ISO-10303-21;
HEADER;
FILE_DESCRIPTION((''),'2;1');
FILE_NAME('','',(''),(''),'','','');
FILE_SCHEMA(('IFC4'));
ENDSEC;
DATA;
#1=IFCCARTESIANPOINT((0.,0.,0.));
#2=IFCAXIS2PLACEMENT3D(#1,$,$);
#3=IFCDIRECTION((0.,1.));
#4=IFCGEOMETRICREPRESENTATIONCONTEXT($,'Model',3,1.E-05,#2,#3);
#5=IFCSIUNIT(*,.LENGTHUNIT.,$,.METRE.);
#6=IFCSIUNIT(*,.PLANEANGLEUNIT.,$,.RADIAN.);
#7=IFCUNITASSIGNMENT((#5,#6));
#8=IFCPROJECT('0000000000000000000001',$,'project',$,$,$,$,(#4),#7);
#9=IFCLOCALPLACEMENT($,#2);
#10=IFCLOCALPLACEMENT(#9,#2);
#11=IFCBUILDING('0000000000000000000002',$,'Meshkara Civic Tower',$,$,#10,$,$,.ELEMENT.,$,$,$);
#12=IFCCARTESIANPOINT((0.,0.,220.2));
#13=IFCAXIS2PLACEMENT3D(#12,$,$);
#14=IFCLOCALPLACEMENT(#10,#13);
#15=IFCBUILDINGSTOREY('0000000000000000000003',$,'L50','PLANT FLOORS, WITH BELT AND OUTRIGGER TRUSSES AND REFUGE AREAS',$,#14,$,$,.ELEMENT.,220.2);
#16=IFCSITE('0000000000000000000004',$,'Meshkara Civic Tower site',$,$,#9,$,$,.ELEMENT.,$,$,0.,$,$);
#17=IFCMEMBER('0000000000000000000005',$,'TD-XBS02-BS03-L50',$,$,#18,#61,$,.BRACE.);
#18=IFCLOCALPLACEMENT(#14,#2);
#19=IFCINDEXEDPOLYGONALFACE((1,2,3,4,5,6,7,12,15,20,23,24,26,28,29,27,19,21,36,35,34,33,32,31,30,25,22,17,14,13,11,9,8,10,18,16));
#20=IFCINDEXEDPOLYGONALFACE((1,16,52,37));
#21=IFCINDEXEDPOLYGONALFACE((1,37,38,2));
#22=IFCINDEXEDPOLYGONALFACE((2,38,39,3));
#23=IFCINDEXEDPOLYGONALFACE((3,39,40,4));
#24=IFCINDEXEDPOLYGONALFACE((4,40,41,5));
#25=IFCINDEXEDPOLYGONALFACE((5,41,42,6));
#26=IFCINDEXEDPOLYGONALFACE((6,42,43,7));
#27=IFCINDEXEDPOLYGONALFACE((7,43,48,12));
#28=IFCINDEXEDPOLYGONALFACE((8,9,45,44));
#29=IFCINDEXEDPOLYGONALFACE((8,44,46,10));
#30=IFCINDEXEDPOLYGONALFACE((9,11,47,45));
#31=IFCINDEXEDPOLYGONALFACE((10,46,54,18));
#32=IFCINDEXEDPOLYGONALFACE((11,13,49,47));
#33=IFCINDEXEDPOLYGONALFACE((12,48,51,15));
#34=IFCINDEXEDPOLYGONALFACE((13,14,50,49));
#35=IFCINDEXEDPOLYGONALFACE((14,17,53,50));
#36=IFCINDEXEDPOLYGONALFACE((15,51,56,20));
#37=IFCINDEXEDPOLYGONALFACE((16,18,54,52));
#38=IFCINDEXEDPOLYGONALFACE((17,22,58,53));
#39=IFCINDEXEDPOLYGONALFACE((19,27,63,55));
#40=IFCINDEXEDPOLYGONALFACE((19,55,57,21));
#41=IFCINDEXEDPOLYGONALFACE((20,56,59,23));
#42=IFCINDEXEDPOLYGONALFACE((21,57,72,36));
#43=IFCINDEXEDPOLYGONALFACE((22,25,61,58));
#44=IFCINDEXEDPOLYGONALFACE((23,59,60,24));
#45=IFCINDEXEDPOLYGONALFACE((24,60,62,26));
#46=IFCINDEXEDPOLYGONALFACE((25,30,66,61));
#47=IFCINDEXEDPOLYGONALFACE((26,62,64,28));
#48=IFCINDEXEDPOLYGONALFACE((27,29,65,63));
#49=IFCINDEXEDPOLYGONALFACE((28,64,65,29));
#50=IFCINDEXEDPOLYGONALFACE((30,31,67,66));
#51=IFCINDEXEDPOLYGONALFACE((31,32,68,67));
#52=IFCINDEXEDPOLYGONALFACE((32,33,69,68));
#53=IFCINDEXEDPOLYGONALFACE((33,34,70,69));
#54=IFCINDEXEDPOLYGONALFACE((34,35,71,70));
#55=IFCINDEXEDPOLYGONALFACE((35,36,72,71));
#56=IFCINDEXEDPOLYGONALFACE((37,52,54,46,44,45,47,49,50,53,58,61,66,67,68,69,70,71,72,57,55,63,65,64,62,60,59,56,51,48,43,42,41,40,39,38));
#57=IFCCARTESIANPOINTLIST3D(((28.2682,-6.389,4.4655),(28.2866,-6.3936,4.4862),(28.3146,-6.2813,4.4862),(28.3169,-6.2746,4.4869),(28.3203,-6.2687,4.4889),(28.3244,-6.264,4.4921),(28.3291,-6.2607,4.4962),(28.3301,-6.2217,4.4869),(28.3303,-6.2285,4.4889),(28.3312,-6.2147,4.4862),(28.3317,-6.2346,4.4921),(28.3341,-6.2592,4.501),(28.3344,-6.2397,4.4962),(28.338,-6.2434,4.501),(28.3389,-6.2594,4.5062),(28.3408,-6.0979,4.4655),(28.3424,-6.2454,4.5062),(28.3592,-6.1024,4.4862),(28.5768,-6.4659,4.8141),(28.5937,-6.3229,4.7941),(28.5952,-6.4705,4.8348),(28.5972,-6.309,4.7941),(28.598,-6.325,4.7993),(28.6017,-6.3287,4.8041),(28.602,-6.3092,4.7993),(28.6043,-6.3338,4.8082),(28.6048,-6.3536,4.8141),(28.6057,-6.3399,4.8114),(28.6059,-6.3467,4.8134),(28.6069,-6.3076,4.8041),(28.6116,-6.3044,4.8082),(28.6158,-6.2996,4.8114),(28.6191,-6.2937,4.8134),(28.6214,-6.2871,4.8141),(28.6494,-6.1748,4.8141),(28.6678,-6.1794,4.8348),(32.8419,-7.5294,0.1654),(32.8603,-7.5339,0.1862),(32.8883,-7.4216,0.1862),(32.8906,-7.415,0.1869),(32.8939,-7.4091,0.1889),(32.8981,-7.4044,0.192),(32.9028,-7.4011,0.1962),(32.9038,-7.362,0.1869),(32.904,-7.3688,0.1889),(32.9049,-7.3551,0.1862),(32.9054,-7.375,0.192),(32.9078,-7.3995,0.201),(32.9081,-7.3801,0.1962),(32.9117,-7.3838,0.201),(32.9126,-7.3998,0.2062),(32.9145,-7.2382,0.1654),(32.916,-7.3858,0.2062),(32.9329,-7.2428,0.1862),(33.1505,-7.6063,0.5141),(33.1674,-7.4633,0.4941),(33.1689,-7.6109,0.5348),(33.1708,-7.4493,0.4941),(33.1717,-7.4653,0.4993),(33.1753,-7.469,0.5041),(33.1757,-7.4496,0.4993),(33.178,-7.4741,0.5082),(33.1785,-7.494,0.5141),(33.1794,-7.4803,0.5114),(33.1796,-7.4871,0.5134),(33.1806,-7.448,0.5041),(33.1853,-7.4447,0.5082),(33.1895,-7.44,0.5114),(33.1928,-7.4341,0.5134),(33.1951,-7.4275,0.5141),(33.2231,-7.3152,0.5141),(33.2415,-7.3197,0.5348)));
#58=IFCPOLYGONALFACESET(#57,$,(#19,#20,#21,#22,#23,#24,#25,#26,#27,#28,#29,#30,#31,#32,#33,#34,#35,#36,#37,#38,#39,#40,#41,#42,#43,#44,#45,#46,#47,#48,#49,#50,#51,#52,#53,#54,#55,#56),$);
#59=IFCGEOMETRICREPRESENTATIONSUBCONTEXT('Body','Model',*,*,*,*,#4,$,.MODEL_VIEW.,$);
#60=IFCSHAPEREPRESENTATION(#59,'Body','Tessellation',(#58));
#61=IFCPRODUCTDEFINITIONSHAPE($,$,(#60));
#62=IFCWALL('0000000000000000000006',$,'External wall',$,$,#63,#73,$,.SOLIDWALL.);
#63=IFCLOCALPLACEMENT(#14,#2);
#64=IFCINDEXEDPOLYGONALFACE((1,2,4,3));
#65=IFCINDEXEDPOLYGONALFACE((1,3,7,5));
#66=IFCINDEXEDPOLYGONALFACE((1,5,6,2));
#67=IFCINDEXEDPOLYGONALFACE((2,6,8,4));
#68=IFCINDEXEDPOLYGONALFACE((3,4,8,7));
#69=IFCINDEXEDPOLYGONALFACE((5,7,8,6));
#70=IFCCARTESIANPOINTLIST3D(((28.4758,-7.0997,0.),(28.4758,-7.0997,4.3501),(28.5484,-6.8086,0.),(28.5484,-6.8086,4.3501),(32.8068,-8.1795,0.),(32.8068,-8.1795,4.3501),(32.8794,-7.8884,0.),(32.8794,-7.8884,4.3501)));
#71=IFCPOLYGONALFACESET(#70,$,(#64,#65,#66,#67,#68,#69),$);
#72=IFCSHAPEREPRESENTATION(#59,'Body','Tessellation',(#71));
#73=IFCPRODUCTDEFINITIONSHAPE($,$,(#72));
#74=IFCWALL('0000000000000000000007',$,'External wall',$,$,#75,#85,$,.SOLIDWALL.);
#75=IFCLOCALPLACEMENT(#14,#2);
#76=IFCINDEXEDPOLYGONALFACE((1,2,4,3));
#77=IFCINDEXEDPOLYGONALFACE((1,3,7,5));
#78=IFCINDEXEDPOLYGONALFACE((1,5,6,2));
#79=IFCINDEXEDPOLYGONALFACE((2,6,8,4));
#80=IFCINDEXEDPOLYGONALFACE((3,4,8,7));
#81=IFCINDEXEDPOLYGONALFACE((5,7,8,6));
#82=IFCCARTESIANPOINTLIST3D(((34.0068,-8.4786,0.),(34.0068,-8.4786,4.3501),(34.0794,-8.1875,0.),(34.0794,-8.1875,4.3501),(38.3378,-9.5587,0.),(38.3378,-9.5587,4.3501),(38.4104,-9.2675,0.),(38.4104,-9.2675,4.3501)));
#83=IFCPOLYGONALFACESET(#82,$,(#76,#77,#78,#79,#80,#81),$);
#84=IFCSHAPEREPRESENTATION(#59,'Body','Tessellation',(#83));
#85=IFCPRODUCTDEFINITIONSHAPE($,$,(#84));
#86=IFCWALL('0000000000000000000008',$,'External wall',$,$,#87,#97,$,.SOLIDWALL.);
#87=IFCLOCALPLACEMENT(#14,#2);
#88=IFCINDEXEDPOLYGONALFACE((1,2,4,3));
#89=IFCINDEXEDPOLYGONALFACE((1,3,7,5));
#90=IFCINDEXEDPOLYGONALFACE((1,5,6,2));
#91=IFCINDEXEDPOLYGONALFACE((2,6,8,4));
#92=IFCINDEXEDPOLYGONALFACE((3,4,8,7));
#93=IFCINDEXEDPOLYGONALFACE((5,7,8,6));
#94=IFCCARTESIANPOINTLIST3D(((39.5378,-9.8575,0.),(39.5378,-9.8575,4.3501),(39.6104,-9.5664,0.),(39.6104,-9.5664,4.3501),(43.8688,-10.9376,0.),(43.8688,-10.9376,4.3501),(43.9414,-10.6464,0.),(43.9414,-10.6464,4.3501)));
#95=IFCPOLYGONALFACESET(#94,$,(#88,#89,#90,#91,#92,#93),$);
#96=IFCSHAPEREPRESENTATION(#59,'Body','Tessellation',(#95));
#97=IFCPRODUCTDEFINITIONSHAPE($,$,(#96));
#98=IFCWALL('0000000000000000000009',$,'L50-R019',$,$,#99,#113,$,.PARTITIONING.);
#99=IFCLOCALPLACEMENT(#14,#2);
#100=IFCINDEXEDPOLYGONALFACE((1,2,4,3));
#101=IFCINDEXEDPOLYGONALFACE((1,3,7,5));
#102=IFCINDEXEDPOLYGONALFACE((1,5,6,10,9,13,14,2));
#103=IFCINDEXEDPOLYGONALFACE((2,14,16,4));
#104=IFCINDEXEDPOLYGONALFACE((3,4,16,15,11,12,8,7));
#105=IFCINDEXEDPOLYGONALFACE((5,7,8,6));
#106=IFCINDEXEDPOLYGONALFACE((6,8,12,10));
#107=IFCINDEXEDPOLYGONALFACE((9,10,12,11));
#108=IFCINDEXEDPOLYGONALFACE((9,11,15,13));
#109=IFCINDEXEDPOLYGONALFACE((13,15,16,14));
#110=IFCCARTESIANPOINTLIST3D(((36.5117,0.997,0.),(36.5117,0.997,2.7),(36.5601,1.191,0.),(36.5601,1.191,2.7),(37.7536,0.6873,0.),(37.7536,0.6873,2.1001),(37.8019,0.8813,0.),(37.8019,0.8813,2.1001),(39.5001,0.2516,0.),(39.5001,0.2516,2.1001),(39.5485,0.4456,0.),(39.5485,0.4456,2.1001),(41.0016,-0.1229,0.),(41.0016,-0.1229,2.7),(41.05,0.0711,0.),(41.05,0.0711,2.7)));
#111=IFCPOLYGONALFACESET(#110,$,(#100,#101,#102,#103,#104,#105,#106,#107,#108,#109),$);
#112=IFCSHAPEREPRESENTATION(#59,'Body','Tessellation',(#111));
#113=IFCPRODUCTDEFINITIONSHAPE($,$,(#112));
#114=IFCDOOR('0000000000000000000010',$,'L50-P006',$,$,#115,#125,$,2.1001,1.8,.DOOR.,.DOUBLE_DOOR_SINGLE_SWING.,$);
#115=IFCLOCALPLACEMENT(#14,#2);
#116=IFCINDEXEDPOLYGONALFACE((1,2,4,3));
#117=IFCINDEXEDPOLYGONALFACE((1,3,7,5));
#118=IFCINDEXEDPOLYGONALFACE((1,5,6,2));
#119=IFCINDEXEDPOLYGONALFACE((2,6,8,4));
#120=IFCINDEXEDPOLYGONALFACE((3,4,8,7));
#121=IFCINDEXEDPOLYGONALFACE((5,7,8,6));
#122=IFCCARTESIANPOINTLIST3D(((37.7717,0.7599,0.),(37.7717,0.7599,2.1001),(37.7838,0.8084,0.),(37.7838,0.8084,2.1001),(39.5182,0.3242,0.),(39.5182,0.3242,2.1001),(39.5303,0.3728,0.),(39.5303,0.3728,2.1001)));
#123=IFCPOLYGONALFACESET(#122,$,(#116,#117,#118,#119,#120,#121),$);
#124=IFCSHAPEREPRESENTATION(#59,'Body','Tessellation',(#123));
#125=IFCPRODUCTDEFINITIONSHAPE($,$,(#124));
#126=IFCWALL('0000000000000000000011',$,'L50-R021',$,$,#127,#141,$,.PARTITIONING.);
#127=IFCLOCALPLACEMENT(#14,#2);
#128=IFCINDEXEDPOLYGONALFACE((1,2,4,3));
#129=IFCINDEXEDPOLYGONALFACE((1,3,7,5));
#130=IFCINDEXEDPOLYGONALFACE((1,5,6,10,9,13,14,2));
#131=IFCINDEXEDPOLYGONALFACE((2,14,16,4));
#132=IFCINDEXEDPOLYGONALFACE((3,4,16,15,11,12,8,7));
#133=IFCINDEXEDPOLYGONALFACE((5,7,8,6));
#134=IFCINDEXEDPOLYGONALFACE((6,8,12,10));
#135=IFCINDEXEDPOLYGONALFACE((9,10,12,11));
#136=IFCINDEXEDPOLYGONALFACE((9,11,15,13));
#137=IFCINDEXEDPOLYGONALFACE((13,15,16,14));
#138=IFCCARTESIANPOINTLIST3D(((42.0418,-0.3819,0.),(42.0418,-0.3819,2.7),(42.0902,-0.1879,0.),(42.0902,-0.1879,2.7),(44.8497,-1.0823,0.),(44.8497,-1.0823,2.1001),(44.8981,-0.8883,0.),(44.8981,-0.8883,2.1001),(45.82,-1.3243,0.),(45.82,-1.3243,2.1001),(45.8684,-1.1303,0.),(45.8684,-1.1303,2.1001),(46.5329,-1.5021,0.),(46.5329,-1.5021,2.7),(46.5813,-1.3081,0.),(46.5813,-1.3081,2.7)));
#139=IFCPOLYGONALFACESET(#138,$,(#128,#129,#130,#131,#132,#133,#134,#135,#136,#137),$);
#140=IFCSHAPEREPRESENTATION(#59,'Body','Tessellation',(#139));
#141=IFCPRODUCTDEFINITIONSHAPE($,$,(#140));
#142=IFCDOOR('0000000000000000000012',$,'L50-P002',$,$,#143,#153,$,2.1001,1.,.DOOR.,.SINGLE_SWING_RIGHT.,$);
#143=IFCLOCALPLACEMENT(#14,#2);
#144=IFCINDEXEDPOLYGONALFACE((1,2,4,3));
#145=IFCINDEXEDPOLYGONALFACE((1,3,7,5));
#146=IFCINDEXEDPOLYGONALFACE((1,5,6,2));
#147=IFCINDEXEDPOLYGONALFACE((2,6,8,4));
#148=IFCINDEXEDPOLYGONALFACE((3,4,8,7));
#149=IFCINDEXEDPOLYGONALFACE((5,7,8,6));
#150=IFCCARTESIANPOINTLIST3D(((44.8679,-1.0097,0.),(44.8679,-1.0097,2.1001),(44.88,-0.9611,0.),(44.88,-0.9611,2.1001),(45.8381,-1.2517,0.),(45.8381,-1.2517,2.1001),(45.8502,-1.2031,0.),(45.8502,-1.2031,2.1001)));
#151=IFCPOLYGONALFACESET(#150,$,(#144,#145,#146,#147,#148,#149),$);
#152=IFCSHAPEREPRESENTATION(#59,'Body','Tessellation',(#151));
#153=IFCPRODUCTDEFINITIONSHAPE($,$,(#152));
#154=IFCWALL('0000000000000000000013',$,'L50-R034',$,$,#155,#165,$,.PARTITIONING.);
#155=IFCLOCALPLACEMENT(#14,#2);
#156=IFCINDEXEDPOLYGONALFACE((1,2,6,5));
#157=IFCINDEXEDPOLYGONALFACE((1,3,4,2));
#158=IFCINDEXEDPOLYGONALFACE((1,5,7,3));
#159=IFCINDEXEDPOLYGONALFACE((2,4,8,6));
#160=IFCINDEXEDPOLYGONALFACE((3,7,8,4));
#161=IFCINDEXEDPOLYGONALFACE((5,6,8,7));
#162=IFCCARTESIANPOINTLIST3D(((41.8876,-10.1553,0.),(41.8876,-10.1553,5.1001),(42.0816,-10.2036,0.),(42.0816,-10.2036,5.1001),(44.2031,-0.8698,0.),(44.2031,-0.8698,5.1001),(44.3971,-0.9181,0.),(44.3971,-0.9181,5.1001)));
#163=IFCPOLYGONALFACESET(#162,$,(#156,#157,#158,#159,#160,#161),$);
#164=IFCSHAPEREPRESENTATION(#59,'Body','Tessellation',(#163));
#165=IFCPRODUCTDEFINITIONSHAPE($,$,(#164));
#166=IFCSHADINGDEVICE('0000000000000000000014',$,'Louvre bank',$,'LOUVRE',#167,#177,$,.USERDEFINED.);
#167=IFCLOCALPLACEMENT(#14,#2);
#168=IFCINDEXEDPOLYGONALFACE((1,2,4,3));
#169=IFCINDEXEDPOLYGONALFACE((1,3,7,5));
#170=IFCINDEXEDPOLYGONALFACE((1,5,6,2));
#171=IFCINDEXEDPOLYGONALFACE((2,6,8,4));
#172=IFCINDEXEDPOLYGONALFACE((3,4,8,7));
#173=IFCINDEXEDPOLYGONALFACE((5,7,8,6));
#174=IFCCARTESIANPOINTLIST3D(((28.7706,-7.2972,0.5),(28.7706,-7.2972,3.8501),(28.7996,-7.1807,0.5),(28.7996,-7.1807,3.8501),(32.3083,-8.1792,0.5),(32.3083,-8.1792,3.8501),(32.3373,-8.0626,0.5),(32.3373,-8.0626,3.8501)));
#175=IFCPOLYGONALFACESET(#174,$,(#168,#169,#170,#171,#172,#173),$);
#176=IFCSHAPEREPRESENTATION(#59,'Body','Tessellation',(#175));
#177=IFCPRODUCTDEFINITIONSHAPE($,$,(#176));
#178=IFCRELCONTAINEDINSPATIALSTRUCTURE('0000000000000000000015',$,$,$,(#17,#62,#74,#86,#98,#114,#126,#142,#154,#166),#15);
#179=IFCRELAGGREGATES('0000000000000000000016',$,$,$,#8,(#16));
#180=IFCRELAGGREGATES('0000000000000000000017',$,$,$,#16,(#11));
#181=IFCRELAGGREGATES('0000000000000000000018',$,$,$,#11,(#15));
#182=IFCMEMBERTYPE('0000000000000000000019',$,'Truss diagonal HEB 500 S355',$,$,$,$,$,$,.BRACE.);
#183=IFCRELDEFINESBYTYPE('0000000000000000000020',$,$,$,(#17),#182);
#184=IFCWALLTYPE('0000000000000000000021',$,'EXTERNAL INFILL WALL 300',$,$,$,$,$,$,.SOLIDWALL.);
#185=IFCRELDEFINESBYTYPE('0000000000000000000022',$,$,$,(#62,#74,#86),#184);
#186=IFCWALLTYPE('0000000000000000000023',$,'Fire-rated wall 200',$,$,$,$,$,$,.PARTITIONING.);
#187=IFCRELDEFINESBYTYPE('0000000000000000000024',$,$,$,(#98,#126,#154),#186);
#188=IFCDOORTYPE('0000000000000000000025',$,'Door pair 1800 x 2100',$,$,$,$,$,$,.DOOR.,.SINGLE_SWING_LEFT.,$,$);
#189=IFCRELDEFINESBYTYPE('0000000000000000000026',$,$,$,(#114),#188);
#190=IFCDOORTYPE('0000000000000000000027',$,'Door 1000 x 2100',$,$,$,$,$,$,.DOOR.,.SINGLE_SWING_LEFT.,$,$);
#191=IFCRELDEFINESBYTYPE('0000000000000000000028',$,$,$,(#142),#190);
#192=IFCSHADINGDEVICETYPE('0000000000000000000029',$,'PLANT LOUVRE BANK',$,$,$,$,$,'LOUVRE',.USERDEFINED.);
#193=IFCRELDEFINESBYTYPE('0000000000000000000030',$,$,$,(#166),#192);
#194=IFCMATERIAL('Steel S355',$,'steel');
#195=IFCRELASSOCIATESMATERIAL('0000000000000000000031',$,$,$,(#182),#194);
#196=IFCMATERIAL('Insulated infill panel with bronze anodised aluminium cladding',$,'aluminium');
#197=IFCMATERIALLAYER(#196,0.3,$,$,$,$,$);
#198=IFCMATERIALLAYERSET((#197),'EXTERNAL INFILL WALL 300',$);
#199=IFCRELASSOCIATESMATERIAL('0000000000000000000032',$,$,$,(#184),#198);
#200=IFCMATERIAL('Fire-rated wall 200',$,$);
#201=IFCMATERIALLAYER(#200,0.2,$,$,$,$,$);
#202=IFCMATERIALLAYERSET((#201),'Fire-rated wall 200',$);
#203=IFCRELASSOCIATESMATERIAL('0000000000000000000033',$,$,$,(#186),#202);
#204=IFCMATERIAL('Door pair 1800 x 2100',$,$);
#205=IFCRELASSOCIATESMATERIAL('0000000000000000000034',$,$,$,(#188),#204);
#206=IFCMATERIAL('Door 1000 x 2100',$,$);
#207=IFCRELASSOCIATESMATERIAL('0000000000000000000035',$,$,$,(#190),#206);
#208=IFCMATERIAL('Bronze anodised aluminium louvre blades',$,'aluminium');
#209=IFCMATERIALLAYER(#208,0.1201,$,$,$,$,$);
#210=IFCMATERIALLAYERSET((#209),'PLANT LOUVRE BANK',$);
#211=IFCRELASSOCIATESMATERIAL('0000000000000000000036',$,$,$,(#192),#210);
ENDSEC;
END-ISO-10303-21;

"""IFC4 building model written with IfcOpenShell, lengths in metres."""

from ifc_helpers import new_model, si_unit, direction, frame, frame_2d, origin, origin_2d, place, context, subcontext, project, spatial, rectangle, i_section, extrude, material, layer, layer_set, material_profile, profile_set, type_object, element, fill, save


model = new_model("IFC4")

# Units and contexts
model_context = context("Model", 3, precision=1e-05, world=origin(), true_north=direction((0.0, 1.0)))
body_context = subcontext(model_context, "Body", "Model", "MODEL_VIEW")
ifc_project = project(units=[si_unit("LENGTHUNIT", "METRE"), si_unit("PLANEANGLEUNIT", "RADIAN")], contexts=[model_context])

# Site, building, storey
site_placement = place(None, origin())
site = spatial("IfcSite", under=ifc_project, at=site_placement, Name="Meshkara Civic Tower site", CompositionType="ELEMENT", RefElevation=0.0)
building_placement = place(site_placement, origin())
building = spatial("IfcBuilding", under=site, at=building_placement, Name="Meshkara Civic Tower", CompositionType="ELEMENT")
storey_placement = place(building_placement, frame((0.0, 0.0, 220.2)))
storey = spatial("IfcBuildingStorey", under=building, at=storey_placement, Name="L50", Description="PLANT FLOORS, WITH BELT AND OUTRIGGER TRUSSES AND REFUGE AREAS", CompositionType="ELEMENT", Elevation=220.2)

# Member
ifc_material_1 = material(Name="Steel S355", Category="steel")
ifc_material_profile_1 = material_profile(ifc_material_1, i_section(OverallWidth=0.3, OverallDepth=0.5, WebThickness=0.0144, FlangeThickness=0.0281, FilletRadius=0.0271, at=origin_2d()))
ifc_profile_set_1 = profile_set([ifc_material_profile_1], Name="Steel S355")
member_type_1 = type_object("IfcMemberType", Name="Truss diagonal HEB 500 S355", PredefinedType="BRACE", material=ifc_profile_set_1)
member_1_placement = place(storey_placement, frame((28.468, -6.2842, 4.6501), z_axis=(0.716837, -0.178731, -0.673943), x_axis=(0.241926, 0.970295, 0.0)))
element("IfcMember", 1, at=member_1_placement, inside=storey, type_object=member_type_1, Name="TD-XBS02-BS03-L50", PredefinedType="BRACE", context=body_context, shape_type="SweptSolid", body=[
    extrude(i_section(OverallWidth=0.3, OverallDepth=0.5, WebThickness=0.0144, FlangeThickness=0.0281, FilletRadius=0.0271, at=origin_2d()), origin(), (0.0, 0.0, 1.0), 6.3804),
])

# Walls
ifc_material_2 = material(Name="Insulated infill panel with bronze anodised aluminium cladding", Category="aluminium")
ifc_layer_1 = layer(ifc_material_2, 0.3)
ifc_layer_set_1 = layer_set([ifc_layer_1], Name="EXTERNAL INFILL WALL 300")
wall_type_1 = type_object("IfcWallType", Name="EXTERNAL INFILL WALL 300", PredefinedType="SOLIDWALL", material=ifc_layer_set_1)
for number, where, z_axis, x_axis, name in (
    (2, (28.512, -6.9541, 0.0), (0.0, 0.0, 1.0), (0.970297, -0.241918, 0.0), "External wall"),
    (3, (34.043, -8.333, 0.0), (0.0, 0.0, 1.0), (0.970284, -0.241969, 0.0), "External wall"),
    (4, (39.574, -9.7119, 0.0), (0.0, 0.0, 1.0), (0.970284, -0.241969, 0.0), "External wall"),
):
    element("IfcWall", number, at=place(storey_placement, frame(where, z_axis=z_axis, x_axis=x_axis)), inside=storey, type_object=wall_type_1, Name=name, PredefinedType="SOLIDWALL", context=body_context, shape_type="SweptSolid", body=[
        extrude(rectangle(XDim=4.4636, YDim=0.3, at=frame_2d((2.2319, 0.0))), origin(), (0.0, 0.0, 1.0), 4.3501),
    ])

# Walls, openings, doors
ifc_material_3 = material(Name="Fire-rated wall 200")
ifc_layer_2 = layer(ifc_material_3, 0.2)
ifc_layer_set_2 = layer_set([ifc_layer_2], Name="Fire-rated wall 200")
wall_type_2 = type_object("IfcWallType", Name="Fire-rated wall 200", PredefinedType="PARTITIONING", material=ifc_layer_set_2)
wall_1_placement = place(storey_placement, frame((36.5359, 1.094, 0.0), z_axis=(0.0, 0.0, 1.0), x_axis=(0.970276, -0.242002, 0.0)))
wall_1 = element("IfcWall", 5, at=wall_1_placement, inside=storey, type_object=wall_type_2, Name="L50-R019", PredefinedType="PARTITIONING", context=body_context, shape_type="SweptSolid", body=[
    extrude(rectangle(XDim=4.6274, YDim=0.2, at=frame_2d((2.3137, 0.0))), origin(), (0.0, 0.0, 1.0), 2.7),
])
opening_1_placement = place(wall_1_placement, frame((1.28, 0.0, 0.0)))
opening_1 = element("IfcOpeningElement", 6, at=opening_1_placement, cuts=wall_1, PredefinedType="OPENING", context=body_context, shape_type="SweptSolid", body=[
    extrude(rectangle(XDim=1.8, YDim=2.1001, at=frame_2d((0.8999, 1.05))), frame((0.0, 0.1099, 0.0), z_axis=(0.0, -1.0, 0.0), x_axis=(1.0, 0.0, 0.0)), (0.0, 0.0, 1.0), 0.22),
])
ifc_material_4 = material(Name="Door pair 1800 x 2100")
door_type_1 = type_object("IfcDoorType", Name="Door pair 1800 x 2100", OperationType="SINGLE_SWING_LEFT", PredefinedType="DOOR", material=ifc_material_4)
door_1_placement = place(opening_1_placement, origin())
door_1 = element("IfcDoor", 7, at=door_1_placement, inside=storey, type_object=door_type_1, Name="L50-P006", OperationType="DOUBLE_DOOR_SINGLE_SWING", OverallHeight=2.1001, OverallWidth=1.8, PredefinedType="DOOR", context=body_context, shape_type="SweptSolid", body=[
    extrude(rectangle(XDim=1.8, YDim=2.1001, at=frame_2d((0.8999, 1.05))), frame((0.0, 0.0249, 0.0), z_axis=(0.0, -1.0, 0.0), x_axis=(1.0, 0.0, 0.0)), (0.0, 0.0, 1.0), 0.05),
])
fill(opening_1, door_1)
wall_2_placement = place(storey_placement, frame((42.0659, -0.2849, 0.0), z_axis=(0.0, 0.0, 1.0), x_axis=(0.970276, -0.242002, 0.0)))
wall_2 = element("IfcWall", 8, at=wall_2_placement, inside=storey, type_object=wall_type_2, Name="L50-R021", PredefinedType="PARTITIONING", context=body_context, shape_type="SweptSolid", body=[
    extrude(rectangle(XDim=4.6287, YDim=0.2, at=frame_2d((2.3145, 0.0))), origin(), (0.0, 0.0, 1.0), 2.7),
])
opening_2_placement = place(wall_2_placement, frame((2.894, 0.0, 0.0)))
opening_2 = element("IfcOpeningElement", 9, at=opening_2_placement, cuts=wall_2, PredefinedType="OPENING", context=body_context, shape_type="SweptSolid", body=[
    extrude(rectangle(XDim=1.0, YDim=2.1001, at=frame_2d((0.5, 1.05))), frame((0.0, 0.1099, 0.0), z_axis=(0.0, -1.0, 0.0), x_axis=(1.0, 0.0, 0.0)), (0.0, 0.0, 1.0), 0.22),
])
ifc_material_5 = material(Name="Door 1000 x 2100")
door_type_2 = type_object("IfcDoorType", Name="Door 1000 x 2100", OperationType="SINGLE_SWING_LEFT", PredefinedType="DOOR", material=ifc_material_5)
door_2_placement = place(opening_2_placement, origin())
door_2 = element("IfcDoor", 10, at=door_2_placement, inside=storey, type_object=door_type_2, Name="L50-P002", OperationType="SINGLE_SWING_RIGHT", OverallHeight=2.1001, OverallWidth=1.0, PredefinedType="DOOR", context=body_context, shape_type="SweptSolid", body=[
    extrude(rectangle(XDim=1.0, YDim=2.1001, at=frame_2d((0.5, 1.05))), frame((0.0, 0.0249, 0.0), z_axis=(0.0, -1.0, 0.0), x_axis=(1.0, 0.0, 0.0)), (0.0, 0.0, 1.0), 0.05),
])
fill(opening_2, door_2)

# Wall
wall_3_placement = place(storey_placement, frame((41.9846, -10.1794, 0.0), z_axis=(0.0, 0.0, 1.0), x_axis=(0.241953, 0.970288, 0.0)))
element("IfcWall", 11, at=wall_3_placement, inside=storey, type_object=wall_type_2, Name="L50-R034", PredefinedType="PARTITIONING", context=body_context, shape_type="SweptSolid", body=[
    extrude(rectangle(XDim=9.5698, YDim=0.2, at=frame_2d((4.7849, 0.0))), origin(), (0.0, 0.0, 1.0), 5.1001),
])

# Shading device
ifc_material_6 = material(Name="Bronze anodised aluminium louvre blades", Category="aluminium")
ifc_layer_3 = layer(ifc_material_6, 0.1201)
ifc_layer_set_3 = layer_set([ifc_layer_3], Name="PLANT LOUVRE BANK")
shading_device_type = type_object("IfcShadingDeviceType", Name="PLANT LOUVRE BANK", ElementType="LOUVRE", PredefinedType="USERDEFINED", material=ifc_layer_set_3)
for number, where, z_axis, x_axis, name in (
    (12, (30.554, -7.6799, 0.5), (0.0, 0.0, 1.0), (0.9703, -0.241905, 0.0), "Louvre bank"),
):
    element("IfcShadingDevice", number, at=place(storey_placement, frame(where, z_axis=z_axis, x_axis=x_axis)), inside=storey, type_object=shading_device_type, Name=name, ObjectType="LOUVRE", PredefinedType="USERDEFINED", context=body_context, shape_type="SweptSolid", body=[
        extrude(rectangle(XDim=3.646, YDim=0.1201, at=origin_2d()), origin(), (0.0, 0.0, 1.0), 3.3501),
    ])

save(model, "model.ifc")
